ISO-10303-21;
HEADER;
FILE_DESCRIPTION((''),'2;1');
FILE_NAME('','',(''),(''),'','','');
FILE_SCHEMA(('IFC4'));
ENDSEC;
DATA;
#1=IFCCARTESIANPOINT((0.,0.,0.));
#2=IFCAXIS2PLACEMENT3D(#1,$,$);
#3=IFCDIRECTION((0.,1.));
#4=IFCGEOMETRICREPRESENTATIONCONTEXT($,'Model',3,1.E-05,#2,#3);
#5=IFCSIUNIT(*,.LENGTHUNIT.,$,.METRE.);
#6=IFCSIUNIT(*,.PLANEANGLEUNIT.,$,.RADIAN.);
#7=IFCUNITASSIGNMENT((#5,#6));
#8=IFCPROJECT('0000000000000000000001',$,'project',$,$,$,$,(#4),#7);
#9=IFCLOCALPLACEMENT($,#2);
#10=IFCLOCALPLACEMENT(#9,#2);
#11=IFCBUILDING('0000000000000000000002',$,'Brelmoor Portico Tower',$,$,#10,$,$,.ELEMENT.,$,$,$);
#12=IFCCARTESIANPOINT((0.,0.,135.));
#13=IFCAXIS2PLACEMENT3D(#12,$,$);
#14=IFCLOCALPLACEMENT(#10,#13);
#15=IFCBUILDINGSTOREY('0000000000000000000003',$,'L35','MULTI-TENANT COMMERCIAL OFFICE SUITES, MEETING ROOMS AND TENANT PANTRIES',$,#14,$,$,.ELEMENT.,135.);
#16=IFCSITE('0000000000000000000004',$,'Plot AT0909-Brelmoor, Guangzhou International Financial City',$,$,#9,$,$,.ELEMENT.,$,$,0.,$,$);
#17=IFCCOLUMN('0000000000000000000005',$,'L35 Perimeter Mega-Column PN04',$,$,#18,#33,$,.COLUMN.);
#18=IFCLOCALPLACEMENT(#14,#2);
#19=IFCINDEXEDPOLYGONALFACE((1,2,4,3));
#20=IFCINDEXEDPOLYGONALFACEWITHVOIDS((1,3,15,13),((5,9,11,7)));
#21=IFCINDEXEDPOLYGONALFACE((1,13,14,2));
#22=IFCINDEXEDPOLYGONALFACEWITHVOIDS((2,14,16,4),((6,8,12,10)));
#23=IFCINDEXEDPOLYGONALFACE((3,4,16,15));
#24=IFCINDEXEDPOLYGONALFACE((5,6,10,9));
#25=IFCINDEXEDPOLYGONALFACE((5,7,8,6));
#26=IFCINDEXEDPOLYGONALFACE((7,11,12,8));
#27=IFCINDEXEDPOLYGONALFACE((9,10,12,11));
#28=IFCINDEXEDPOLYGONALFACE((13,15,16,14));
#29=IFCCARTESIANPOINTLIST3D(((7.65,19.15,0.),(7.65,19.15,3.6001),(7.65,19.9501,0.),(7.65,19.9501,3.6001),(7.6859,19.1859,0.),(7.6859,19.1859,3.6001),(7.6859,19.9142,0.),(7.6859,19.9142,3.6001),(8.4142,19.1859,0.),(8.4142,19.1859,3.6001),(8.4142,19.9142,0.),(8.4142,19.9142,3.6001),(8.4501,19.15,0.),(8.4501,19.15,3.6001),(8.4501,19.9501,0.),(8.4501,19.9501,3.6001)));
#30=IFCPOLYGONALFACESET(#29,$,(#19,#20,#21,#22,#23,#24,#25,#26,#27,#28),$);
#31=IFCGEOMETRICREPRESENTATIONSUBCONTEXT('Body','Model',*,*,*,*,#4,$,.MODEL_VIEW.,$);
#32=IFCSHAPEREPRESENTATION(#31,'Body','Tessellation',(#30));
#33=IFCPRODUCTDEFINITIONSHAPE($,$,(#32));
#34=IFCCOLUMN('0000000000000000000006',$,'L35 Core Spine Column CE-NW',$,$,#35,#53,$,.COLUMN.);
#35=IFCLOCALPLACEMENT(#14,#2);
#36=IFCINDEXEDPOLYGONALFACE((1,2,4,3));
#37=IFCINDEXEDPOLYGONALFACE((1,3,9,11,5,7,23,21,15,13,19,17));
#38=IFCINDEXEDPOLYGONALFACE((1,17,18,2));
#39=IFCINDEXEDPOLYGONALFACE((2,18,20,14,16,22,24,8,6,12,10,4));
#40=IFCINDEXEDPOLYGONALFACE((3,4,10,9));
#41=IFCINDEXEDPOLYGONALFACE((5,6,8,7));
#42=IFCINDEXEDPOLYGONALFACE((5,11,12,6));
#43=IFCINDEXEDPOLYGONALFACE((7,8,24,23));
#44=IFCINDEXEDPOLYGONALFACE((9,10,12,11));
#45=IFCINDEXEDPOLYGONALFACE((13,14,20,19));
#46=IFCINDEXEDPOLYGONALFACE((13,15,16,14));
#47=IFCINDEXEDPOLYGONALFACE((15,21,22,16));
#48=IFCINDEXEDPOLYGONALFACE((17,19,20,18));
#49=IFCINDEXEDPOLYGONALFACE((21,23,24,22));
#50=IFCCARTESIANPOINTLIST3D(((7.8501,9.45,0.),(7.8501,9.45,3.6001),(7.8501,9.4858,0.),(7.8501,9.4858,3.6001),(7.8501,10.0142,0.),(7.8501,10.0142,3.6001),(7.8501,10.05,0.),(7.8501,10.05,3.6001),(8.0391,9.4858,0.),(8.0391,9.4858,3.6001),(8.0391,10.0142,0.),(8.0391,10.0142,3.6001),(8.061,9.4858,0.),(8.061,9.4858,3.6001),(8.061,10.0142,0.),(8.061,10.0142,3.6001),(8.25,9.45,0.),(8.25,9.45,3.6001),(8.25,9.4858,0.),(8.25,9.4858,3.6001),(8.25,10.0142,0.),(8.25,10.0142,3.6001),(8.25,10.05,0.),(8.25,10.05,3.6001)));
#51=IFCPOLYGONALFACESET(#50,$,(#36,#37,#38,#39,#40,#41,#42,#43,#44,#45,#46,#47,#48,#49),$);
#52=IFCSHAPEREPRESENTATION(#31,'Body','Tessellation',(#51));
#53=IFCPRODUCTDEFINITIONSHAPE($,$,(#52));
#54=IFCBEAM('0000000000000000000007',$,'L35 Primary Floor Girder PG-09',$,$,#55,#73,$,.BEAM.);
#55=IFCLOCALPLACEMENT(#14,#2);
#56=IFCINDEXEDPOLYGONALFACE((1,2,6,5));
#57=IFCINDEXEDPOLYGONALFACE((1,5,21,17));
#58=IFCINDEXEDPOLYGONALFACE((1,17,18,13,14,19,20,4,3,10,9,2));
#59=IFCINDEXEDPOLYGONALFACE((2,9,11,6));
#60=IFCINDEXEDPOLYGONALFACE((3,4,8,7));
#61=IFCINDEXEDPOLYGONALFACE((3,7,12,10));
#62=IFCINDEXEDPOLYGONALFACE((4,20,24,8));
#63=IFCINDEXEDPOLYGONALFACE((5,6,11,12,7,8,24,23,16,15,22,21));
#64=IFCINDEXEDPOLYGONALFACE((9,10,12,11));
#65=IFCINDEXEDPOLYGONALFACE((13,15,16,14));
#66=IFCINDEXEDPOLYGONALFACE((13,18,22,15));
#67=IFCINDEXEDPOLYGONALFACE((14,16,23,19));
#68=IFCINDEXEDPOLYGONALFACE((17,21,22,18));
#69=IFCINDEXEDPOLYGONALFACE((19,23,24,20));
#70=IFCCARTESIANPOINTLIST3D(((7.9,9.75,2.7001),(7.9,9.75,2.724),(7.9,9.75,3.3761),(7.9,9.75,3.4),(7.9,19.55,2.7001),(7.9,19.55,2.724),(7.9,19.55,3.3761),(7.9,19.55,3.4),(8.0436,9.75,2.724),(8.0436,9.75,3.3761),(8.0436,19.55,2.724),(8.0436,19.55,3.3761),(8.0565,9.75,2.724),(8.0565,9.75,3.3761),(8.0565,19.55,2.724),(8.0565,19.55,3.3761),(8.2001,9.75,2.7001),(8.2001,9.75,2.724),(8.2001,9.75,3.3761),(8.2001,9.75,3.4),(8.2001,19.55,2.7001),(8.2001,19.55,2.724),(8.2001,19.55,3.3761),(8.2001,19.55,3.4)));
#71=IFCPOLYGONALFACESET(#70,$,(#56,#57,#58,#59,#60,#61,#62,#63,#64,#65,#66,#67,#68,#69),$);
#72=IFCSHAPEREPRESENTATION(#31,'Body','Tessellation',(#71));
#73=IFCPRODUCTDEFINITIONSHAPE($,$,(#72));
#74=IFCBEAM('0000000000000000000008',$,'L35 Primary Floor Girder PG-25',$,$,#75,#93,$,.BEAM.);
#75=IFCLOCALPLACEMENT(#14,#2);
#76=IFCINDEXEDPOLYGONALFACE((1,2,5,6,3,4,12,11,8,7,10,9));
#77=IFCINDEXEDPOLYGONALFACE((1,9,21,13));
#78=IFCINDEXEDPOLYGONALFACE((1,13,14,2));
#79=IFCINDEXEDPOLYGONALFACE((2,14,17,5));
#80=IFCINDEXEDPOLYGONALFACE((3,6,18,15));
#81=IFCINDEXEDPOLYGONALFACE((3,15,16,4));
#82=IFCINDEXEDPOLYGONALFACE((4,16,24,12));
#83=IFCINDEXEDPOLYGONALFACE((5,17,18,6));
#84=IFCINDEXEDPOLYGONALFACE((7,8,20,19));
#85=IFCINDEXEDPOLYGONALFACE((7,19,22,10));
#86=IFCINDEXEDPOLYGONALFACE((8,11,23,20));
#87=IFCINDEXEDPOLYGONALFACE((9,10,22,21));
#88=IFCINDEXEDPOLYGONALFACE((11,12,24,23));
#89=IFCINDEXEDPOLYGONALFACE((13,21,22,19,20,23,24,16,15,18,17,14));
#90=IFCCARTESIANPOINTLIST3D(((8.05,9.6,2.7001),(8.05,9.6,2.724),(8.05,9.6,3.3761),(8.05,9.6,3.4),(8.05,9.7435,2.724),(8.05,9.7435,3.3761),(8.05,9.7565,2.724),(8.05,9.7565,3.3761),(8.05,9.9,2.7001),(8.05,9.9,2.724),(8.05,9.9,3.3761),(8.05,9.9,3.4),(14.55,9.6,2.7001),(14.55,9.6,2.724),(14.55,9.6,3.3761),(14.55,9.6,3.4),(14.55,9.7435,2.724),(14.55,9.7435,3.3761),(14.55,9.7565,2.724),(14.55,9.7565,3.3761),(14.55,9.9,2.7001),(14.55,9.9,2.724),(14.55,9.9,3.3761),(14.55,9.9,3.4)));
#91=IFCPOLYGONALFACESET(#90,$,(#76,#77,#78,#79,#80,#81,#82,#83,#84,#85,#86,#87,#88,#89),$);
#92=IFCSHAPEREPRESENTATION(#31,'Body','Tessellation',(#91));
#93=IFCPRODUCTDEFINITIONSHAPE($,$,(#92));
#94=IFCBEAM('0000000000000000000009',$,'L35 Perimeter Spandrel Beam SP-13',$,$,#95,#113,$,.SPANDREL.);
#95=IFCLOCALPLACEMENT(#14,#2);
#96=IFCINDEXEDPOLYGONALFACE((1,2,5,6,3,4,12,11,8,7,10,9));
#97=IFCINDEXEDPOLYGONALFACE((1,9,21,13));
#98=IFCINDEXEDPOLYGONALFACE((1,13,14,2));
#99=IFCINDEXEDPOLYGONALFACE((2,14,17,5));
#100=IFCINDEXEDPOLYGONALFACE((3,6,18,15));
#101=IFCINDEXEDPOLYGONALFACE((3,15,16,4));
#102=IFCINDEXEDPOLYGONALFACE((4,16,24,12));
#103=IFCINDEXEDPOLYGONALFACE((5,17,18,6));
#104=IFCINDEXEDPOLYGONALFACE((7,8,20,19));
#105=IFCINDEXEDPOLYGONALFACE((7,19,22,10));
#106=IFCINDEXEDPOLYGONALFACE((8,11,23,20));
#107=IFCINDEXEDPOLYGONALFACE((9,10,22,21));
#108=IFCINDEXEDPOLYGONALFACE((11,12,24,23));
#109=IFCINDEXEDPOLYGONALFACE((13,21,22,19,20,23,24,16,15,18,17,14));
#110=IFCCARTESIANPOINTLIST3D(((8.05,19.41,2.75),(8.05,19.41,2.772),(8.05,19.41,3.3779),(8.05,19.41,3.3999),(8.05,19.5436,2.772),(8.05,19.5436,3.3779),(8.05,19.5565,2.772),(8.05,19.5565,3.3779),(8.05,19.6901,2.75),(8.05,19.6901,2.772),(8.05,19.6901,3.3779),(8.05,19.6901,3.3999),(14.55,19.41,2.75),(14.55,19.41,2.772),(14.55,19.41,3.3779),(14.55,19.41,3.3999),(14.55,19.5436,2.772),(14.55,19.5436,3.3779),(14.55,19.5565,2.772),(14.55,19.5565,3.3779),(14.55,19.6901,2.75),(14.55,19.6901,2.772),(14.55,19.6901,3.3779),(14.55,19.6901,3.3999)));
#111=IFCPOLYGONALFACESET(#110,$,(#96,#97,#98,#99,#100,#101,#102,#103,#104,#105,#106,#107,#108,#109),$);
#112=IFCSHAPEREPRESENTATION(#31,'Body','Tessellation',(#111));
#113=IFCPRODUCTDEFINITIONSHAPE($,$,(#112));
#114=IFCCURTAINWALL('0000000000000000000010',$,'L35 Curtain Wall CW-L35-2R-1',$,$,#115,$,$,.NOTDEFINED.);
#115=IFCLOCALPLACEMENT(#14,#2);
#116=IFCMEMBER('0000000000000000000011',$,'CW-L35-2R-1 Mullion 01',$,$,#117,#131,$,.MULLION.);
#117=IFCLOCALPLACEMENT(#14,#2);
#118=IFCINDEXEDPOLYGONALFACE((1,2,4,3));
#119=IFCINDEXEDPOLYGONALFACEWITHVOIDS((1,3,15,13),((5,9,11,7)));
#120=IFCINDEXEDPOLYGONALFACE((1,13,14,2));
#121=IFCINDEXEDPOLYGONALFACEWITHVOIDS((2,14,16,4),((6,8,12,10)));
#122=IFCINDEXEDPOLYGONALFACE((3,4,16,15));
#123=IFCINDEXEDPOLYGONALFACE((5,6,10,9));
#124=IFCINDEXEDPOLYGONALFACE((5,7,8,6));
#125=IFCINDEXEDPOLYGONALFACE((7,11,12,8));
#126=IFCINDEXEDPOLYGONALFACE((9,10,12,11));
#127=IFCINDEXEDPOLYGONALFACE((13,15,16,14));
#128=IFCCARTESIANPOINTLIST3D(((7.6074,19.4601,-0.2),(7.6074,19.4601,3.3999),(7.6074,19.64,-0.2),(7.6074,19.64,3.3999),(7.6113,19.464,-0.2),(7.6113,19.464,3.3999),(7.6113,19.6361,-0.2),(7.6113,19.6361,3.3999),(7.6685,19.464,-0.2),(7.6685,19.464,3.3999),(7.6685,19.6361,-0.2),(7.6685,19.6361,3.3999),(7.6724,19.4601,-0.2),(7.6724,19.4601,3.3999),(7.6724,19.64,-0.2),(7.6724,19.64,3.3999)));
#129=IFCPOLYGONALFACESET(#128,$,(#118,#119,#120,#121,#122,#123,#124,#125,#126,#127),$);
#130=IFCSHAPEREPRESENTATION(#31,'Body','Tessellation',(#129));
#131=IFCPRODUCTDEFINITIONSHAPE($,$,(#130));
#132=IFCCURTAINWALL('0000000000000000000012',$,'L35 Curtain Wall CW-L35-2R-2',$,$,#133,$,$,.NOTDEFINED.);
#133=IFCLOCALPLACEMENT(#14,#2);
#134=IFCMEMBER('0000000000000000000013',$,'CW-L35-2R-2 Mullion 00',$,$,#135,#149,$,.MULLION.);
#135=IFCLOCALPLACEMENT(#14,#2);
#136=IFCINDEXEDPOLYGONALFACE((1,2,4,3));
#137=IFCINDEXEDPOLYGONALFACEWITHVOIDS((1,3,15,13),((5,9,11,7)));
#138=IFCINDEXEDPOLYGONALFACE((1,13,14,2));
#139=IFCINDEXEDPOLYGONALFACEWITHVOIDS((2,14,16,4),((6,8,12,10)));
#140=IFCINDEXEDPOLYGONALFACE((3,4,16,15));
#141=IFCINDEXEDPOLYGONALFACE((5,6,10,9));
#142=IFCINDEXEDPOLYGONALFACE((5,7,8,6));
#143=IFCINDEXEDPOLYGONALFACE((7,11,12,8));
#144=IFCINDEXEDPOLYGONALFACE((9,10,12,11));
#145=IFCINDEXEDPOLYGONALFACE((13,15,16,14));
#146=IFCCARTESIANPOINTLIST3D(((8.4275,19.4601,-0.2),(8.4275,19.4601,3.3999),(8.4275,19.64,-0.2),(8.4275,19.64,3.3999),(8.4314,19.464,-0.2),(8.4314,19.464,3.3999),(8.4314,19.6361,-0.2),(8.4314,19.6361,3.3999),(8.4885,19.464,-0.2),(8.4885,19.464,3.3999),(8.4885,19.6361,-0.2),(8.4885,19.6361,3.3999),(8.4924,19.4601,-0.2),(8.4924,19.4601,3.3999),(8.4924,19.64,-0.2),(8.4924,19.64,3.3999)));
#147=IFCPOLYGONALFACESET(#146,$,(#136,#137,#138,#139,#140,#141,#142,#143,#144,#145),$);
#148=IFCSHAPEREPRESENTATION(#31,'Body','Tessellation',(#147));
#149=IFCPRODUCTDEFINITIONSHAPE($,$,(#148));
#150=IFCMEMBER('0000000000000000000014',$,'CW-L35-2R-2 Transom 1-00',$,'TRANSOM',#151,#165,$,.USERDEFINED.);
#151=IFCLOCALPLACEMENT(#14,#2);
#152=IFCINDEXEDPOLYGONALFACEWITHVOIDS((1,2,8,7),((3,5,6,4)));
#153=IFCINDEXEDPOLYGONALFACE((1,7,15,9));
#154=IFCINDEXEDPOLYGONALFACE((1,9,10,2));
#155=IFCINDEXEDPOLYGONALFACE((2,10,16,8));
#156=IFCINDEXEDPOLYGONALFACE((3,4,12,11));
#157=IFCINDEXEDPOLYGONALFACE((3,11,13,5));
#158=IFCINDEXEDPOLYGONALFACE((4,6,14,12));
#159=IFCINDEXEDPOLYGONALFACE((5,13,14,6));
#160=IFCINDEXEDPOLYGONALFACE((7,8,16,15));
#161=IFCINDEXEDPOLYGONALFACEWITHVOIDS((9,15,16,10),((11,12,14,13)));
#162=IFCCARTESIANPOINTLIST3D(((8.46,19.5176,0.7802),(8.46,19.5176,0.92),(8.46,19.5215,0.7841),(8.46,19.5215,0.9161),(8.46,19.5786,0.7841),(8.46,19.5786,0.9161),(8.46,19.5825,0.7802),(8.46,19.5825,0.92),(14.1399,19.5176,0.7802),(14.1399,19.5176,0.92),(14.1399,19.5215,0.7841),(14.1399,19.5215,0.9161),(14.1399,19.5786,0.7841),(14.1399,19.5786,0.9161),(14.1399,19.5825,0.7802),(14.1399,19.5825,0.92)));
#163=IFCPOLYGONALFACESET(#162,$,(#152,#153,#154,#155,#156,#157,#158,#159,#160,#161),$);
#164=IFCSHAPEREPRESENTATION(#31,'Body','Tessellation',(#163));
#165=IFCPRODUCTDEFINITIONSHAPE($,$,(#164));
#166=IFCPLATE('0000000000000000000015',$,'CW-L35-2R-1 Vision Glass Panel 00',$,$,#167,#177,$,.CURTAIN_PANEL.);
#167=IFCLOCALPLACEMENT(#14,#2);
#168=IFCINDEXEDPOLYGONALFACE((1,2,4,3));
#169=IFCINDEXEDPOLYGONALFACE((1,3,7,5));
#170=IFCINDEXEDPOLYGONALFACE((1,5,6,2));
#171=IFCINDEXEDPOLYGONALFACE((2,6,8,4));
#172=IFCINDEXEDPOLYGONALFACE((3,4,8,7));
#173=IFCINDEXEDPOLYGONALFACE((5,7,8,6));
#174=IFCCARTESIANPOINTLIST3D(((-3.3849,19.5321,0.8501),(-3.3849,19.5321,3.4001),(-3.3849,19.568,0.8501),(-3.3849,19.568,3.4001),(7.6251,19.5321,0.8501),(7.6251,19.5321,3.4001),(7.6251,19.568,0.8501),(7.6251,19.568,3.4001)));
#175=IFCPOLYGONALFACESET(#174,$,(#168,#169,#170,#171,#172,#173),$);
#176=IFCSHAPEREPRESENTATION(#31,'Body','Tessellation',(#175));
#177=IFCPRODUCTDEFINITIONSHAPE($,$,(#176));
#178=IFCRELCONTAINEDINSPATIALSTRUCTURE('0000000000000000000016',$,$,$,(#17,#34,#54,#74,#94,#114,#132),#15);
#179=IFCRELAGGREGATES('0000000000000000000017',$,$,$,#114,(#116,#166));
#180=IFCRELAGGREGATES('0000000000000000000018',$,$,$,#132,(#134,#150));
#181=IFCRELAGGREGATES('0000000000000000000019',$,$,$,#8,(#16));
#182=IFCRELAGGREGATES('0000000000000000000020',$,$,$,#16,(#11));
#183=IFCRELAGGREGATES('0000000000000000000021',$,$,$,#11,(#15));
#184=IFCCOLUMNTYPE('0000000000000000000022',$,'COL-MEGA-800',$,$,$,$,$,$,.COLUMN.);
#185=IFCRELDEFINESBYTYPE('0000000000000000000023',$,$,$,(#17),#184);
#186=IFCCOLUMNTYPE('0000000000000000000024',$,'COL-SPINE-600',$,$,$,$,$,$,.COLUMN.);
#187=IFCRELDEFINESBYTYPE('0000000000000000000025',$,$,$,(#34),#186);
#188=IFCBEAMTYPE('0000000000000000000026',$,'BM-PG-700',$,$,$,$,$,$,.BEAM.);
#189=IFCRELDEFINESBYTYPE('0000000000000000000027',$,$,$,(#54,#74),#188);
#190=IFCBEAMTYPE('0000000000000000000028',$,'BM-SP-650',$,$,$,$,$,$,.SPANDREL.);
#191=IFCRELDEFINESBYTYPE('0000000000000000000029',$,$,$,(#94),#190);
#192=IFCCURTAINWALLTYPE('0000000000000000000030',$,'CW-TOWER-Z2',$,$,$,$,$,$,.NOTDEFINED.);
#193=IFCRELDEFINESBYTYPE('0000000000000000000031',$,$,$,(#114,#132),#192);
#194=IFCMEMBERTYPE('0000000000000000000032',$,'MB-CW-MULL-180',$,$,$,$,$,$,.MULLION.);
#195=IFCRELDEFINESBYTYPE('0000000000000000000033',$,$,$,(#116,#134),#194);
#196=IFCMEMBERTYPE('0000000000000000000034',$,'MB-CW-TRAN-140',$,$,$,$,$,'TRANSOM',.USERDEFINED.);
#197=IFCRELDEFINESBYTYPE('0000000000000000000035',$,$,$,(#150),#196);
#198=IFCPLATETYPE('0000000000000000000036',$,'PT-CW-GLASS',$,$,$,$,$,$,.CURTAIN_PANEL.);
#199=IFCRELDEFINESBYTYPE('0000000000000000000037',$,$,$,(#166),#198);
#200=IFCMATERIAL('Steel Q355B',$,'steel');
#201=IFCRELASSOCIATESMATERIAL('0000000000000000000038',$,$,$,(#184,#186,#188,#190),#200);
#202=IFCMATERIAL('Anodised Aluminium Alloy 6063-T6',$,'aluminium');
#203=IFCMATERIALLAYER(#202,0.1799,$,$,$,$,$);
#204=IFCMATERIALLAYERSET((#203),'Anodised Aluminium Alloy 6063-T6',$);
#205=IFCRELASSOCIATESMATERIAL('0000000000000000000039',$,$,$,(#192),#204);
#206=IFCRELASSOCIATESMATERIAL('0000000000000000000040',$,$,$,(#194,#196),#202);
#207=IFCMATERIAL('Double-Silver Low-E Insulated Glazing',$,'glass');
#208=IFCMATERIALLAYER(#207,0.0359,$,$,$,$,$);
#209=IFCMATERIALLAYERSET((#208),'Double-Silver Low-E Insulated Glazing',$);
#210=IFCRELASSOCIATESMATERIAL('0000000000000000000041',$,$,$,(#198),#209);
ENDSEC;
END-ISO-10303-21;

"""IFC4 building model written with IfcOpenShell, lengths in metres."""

from ifc_helpers import new_model, si_unit, direction, frame, origin, origin_2d, place, context, subcontext, project, spatial, rectangle, hollow_rectangle, i_section, extrude, material, layer, layer_set, material_profile, profile_set, type_object, element, aggregate, save


model = new_model("IFC4")

# Units and contexts
model_context = context("Model", 3, precision=1e-05, world=origin(), true_north=direction((0.0, 1.0)))
body_context = subcontext(model_context, "Body", "Model", "MODEL_VIEW")
ifc_project = project(units=[si_unit("LENGTHUNIT", "METRE"), si_unit("PLANEANGLEUNIT", "RADIAN")], contexts=[model_context])

# Site, building, storey
site_placement = place(None, origin())
site = spatial("IfcSite", under=ifc_project, at=site_placement, Name="Plot AT0909-Brelmoor, Guangzhou International Financial City", CompositionType="ELEMENT", RefElevation=0.0)
building_placement = place(site_placement, origin())
building = spatial("IfcBuilding", under=site, at=building_placement, Name="Brelmoor Portico Tower", CompositionType="ELEMENT")
storey_placement = place(building_placement, frame((0.0, 0.0, 135.0)))
storey = spatial("IfcBuildingStorey", under=building, at=storey_placement, Name="L35", Description="MULTI-TENANT COMMERCIAL OFFICE SUITES, MEETING ROOMS AND TENANT PANTRIES", CompositionType="ELEMENT", Elevation=135.0)

# Columns
ifc_material_1 = material(Name="Steel Q355B", Category="steel")
ifc_material_profile_1 = material_profile(ifc_material_1, hollow_rectangle(XDim=0.8, YDim=0.8, WallThickness=0.0359, at=origin_2d()), Name="BOX 800x800x36")
ifc_profile_set_1 = profile_set([ifc_material_profile_1], Name="Steel Q355B")
column_type_1 = type_object("IfcColumnType", Name="COL-MEGA-800", PredefinedType="COLUMN", material=ifc_profile_set_1)
column_1_placement = place(storey_placement, frame((8.05, 19.55, 0.0), z_axis=(0.0, 0.0, 1.0), x_axis=(1.0, 0.0, 0.0)))
element("IfcColumn", 1, at=column_1_placement, inside=storey, type_object=column_type_1, Name="L35 Perimeter Mega-Column PN04", PredefinedType="COLUMN", context=body_context, shape_type="SweptSolid", body=[
    extrude(hollow_rectangle(XDim=0.8, YDim=0.8, WallThickness=0.0359, at=origin_2d()), origin(), (0.0, 0.0, 1.0), 3.6001),
])
ifc_material_profile_2 = material_profile(ifc_material_1, i_section(OverallWidth=0.3999, OverallDepth=0.6001, WebThickness=0.022, FlangeThickness=0.0359, at=origin_2d()), Name="HW 600x400x22x36")
ifc_profile_set_2 = profile_set([ifc_material_profile_2], Name="Steel Q355B")
column_type_2 = type_object("IfcColumnType", Name="COL-SPINE-600", PredefinedType="COLUMN", material=ifc_profile_set_2)
column_2_placement = place(storey_placement, frame((8.05, 9.75, 0.0), z_axis=(0.0, 0.0, 1.0), x_axis=(1.0, 0.0, 0.0)))
element("IfcColumn", 2, at=column_2_placement, inside=storey, type_object=column_type_2, Name="L35 Core Spine Column CE-NW", PredefinedType="COLUMN", context=body_context, shape_type="SweptSolid", body=[
    extrude(i_section(OverallWidth=0.3999, OverallDepth=0.6001, WebThickness=0.022, FlangeThickness=0.0359, at=origin_2d()), origin(), (0.0, 0.0, 1.0), 3.6001),
])

# Beams
ifc_material_profile_3 = material_profile(ifc_material_1, i_section(OverallWidth=0.3, OverallDepth=0.7, WebThickness=0.0129, FlangeThickness=0.0239, at=origin_2d()), Name="HN 700x300x13x24")
ifc_profile_set_3 = profile_set([ifc_material_profile_3], Name="Steel Q355B")
beam_type_1 = type_object("IfcBeamType", Name="BM-PG-700", PredefinedType="BEAM", material=ifc_profile_set_3)
beam_1_placement = place(storey_placement, frame((8.05, 9.75, 3.05), z_axis=(0.0, 1.0, 0.0), x_axis=(-1.0, 0.0, 0.0)))
element("IfcBeam", 3, at=beam_1_placement, inside=storey, type_object=beam_type_1, Name="L35 Primary Floor Girder PG-09", PredefinedType="BEAM", context=body_context, shape_type="SweptSolid", body=[
    extrude(i_section(OverallWidth=0.3, OverallDepth=0.7, WebThickness=0.0129, FlangeThickness=0.0239, at=origin_2d()), origin(), (0.0, 0.0, 1.0), 9.8),
])
beam_2_placement = place(storey_placement, frame((8.05, 9.75, 3.05), z_axis=(1.0, 0.0, 0.0), x_axis=(0.0, 1.0, 0.0)))
element("IfcBeam", 4, at=beam_2_placement, inside=storey, type_object=beam_type_1, Name="L35 Primary Floor Girder PG-25", PredefinedType="BEAM", context=body_context, shape_type="SweptSolid", body=[
    extrude(i_section(OverallWidth=0.3, OverallDepth=0.7, WebThickness=0.0129, FlangeThickness=0.0239, at=origin_2d()), origin(), (0.0, 0.0, 1.0), 6.5),
])
ifc_material_profile_4 = material_profile(ifc_material_1, i_section(OverallWidth=0.28, OverallDepth=0.6499, WebThickness=0.0129, FlangeThickness=0.022, at=origin_2d()), Name="HN 650x280x13x22")
ifc_profile_set_4 = profile_set([ifc_material_profile_4], Name="Steel Q355B")
beam_type_2 = type_object("IfcBeamType", Name="BM-SP-650", PredefinedType="SPANDREL", material=ifc_profile_set_4)
beam_3_placement = place(storey_placement, frame((8.05, 19.55, 3.075), z_axis=(1.0, 0.0, 0.0), x_axis=(0.0, 1.0, 0.0)))
element("IfcBeam", 5, at=beam_3_placement, inside=storey, type_object=beam_type_2, Name="L35 Perimeter Spandrel Beam SP-13", PredefinedType="SPANDREL", context=body_context, shape_type="SweptSolid", body=[
    extrude(i_section(OverallWidth=0.28, OverallDepth=0.6499, WebThickness=0.0129, FlangeThickness=0.022, at=origin_2d()), origin(), (0.0, 0.0, 1.0), 6.5),
])

# Curtain wall, member
ifc_material_2 = material(Name="Anodised Aluminium Alloy 6063-T6", Category="aluminium")
ifc_layer_1 = layer(ifc_material_2, 0.1799)
ifc_layer_set_1 = layer_set([ifc_layer_1], Name="Anodised Aluminium Alloy 6063-T6")
curtain_wall_type = type_object("IfcCurtainWallType", Name="CW-TOWER-Z2", PredefinedType="NOTDEFINED", material=ifc_layer_set_1)
curtain_wall_1_placement = place(storey_placement, origin())
curtain_wall_1 = element("IfcCurtainWall", 6, at=curtain_wall_1_placement, inside=storey, type_object=curtain_wall_type, Name="L35 Curtain Wall CW-L35-2R-1", PredefinedType="NOTDEFINED")
ifc_material_profile_5 = material_profile(ifc_material_2, hollow_rectangle(XDim=0.0649, YDim=0.1799, WallThickness=0.0039, at=origin_2d()), Name="ALU MULLION 65x180")
ifc_profile_set_5 = profile_set([ifc_material_profile_5], Name="Anodised Aluminium Alloy 6063-T6")
member_type_1 = type_object("IfcMemberType", Name="MB-CW-MULL-180", PredefinedType="MULLION", material=ifc_profile_set_5)
member_1_placement = place(storey_placement, frame((7.6399, 19.55, -0.2), z_axis=(0.0, 0.0, 1.0), x_axis=(1.0, 0.0, 0.0)))
member_1 = element("IfcMember", 7, at=member_1_placement, type_object=member_type_1, Name="CW-L35-2R-1 Mullion 01", PredefinedType="MULLION", context=body_context, shape_type="SweptSolid", body=[
    extrude(hollow_rectangle(XDim=0.0649, YDim=0.1799, WallThickness=0.0039, at=origin_2d()), origin(), (0.0, 0.0, 1.0), 3.5999),
])

# Curtain wall, members
curtain_wall_2_placement = place(storey_placement, origin())
curtain_wall_2 = element("IfcCurtainWall", 8, at=curtain_wall_2_placement, inside=storey, type_object=curtain_wall_type, Name="L35 Curtain Wall CW-L35-2R-2", PredefinedType="NOTDEFINED")
member_2_placement = place(storey_placement, frame((8.46, 19.55, -0.2), z_axis=(0.0, 0.0, 1.0), x_axis=(1.0, 0.0, 0.0)))
member_2 = element("IfcMember", 9, at=member_2_placement, type_object=member_type_1, Name="CW-L35-2R-2 Mullion 00", PredefinedType="MULLION", context=body_context, shape_type="SweptSolid", body=[
    extrude(hollow_rectangle(XDim=0.0649, YDim=0.1799, WallThickness=0.0039, at=origin_2d()), origin(), (0.0, 0.0, 1.0), 3.5999),
])
ifc_material_profile_6 = material_profile(ifc_material_2, hollow_rectangle(XDim=0.0649, YDim=0.1399, WallThickness=0.0039, at=origin_2d()), Name="ALU TRANSOM 65x140")
ifc_profile_set_6 = profile_set([ifc_material_profile_6], Name="Anodised Aluminium Alloy 6063-T6")
member_type_2 = type_object("IfcMemberType", Name="MB-CW-TRAN-140", ElementType="TRANSOM", PredefinedType="USERDEFINED", material=ifc_profile_set_6)
member_3_placement = place(storey_placement, frame((8.46, 19.55, 0.8501), z_axis=(1.0, 0.0, 0.0), x_axis=(0.0, 1.0, 0.0)))
member_3 = element("IfcMember", 10, at=member_3_placement, type_object=member_type_2, Name="CW-L35-2R-2 Transom 1-00", ObjectType="TRANSOM", PredefinedType="USERDEFINED", context=body_context, shape_type="SweptSolid", body=[
    extrude(hollow_rectangle(XDim=0.0649, YDim=0.1399, WallThickness=0.0039, at=origin_2d()), origin(), (0.0, 0.0, 1.0), 5.6799),
])

# Plate
ifc_material_3 = material(Name="Double-Silver Low-E Insulated Glazing", Category="glass")
ifc_layer_2 = layer(ifc_material_3, 0.0359)
ifc_layer_set_2 = layer_set([ifc_layer_2], Name="Double-Silver Low-E Insulated Glazing")
plate_type_1 = type_object("IfcPlateType", Name="PT-CW-GLASS", PredefinedType="CURTAIN_PANEL", material=ifc_layer_set_2)
plate_1_placement = place(storey_placement, frame((2.1201, 19.55, 0.8501), z_axis=(0.0, 0.0, 1.0), x_axis=(1.0, 0.0, 0.0)))
plate_1 = element("IfcPlate", 11, at=plate_1_placement, type_object=plate_type_1, Name="CW-L35-2R-1 Vision Glass Panel 00", PredefinedType="CURTAIN_PANEL", context=body_context, shape_type="SweptSolid", body=[
    extrude(rectangle(XDim=11.01, YDim=0.0359, at=origin_2d()), origin(), (0.0, 0.0, 1.0), 2.55),
])
aggregate(curtain_wall_1, [member_1, plate_1])
aggregate(curtain_wall_2, [member_2, member_3])

save(model, "model.ifc")
